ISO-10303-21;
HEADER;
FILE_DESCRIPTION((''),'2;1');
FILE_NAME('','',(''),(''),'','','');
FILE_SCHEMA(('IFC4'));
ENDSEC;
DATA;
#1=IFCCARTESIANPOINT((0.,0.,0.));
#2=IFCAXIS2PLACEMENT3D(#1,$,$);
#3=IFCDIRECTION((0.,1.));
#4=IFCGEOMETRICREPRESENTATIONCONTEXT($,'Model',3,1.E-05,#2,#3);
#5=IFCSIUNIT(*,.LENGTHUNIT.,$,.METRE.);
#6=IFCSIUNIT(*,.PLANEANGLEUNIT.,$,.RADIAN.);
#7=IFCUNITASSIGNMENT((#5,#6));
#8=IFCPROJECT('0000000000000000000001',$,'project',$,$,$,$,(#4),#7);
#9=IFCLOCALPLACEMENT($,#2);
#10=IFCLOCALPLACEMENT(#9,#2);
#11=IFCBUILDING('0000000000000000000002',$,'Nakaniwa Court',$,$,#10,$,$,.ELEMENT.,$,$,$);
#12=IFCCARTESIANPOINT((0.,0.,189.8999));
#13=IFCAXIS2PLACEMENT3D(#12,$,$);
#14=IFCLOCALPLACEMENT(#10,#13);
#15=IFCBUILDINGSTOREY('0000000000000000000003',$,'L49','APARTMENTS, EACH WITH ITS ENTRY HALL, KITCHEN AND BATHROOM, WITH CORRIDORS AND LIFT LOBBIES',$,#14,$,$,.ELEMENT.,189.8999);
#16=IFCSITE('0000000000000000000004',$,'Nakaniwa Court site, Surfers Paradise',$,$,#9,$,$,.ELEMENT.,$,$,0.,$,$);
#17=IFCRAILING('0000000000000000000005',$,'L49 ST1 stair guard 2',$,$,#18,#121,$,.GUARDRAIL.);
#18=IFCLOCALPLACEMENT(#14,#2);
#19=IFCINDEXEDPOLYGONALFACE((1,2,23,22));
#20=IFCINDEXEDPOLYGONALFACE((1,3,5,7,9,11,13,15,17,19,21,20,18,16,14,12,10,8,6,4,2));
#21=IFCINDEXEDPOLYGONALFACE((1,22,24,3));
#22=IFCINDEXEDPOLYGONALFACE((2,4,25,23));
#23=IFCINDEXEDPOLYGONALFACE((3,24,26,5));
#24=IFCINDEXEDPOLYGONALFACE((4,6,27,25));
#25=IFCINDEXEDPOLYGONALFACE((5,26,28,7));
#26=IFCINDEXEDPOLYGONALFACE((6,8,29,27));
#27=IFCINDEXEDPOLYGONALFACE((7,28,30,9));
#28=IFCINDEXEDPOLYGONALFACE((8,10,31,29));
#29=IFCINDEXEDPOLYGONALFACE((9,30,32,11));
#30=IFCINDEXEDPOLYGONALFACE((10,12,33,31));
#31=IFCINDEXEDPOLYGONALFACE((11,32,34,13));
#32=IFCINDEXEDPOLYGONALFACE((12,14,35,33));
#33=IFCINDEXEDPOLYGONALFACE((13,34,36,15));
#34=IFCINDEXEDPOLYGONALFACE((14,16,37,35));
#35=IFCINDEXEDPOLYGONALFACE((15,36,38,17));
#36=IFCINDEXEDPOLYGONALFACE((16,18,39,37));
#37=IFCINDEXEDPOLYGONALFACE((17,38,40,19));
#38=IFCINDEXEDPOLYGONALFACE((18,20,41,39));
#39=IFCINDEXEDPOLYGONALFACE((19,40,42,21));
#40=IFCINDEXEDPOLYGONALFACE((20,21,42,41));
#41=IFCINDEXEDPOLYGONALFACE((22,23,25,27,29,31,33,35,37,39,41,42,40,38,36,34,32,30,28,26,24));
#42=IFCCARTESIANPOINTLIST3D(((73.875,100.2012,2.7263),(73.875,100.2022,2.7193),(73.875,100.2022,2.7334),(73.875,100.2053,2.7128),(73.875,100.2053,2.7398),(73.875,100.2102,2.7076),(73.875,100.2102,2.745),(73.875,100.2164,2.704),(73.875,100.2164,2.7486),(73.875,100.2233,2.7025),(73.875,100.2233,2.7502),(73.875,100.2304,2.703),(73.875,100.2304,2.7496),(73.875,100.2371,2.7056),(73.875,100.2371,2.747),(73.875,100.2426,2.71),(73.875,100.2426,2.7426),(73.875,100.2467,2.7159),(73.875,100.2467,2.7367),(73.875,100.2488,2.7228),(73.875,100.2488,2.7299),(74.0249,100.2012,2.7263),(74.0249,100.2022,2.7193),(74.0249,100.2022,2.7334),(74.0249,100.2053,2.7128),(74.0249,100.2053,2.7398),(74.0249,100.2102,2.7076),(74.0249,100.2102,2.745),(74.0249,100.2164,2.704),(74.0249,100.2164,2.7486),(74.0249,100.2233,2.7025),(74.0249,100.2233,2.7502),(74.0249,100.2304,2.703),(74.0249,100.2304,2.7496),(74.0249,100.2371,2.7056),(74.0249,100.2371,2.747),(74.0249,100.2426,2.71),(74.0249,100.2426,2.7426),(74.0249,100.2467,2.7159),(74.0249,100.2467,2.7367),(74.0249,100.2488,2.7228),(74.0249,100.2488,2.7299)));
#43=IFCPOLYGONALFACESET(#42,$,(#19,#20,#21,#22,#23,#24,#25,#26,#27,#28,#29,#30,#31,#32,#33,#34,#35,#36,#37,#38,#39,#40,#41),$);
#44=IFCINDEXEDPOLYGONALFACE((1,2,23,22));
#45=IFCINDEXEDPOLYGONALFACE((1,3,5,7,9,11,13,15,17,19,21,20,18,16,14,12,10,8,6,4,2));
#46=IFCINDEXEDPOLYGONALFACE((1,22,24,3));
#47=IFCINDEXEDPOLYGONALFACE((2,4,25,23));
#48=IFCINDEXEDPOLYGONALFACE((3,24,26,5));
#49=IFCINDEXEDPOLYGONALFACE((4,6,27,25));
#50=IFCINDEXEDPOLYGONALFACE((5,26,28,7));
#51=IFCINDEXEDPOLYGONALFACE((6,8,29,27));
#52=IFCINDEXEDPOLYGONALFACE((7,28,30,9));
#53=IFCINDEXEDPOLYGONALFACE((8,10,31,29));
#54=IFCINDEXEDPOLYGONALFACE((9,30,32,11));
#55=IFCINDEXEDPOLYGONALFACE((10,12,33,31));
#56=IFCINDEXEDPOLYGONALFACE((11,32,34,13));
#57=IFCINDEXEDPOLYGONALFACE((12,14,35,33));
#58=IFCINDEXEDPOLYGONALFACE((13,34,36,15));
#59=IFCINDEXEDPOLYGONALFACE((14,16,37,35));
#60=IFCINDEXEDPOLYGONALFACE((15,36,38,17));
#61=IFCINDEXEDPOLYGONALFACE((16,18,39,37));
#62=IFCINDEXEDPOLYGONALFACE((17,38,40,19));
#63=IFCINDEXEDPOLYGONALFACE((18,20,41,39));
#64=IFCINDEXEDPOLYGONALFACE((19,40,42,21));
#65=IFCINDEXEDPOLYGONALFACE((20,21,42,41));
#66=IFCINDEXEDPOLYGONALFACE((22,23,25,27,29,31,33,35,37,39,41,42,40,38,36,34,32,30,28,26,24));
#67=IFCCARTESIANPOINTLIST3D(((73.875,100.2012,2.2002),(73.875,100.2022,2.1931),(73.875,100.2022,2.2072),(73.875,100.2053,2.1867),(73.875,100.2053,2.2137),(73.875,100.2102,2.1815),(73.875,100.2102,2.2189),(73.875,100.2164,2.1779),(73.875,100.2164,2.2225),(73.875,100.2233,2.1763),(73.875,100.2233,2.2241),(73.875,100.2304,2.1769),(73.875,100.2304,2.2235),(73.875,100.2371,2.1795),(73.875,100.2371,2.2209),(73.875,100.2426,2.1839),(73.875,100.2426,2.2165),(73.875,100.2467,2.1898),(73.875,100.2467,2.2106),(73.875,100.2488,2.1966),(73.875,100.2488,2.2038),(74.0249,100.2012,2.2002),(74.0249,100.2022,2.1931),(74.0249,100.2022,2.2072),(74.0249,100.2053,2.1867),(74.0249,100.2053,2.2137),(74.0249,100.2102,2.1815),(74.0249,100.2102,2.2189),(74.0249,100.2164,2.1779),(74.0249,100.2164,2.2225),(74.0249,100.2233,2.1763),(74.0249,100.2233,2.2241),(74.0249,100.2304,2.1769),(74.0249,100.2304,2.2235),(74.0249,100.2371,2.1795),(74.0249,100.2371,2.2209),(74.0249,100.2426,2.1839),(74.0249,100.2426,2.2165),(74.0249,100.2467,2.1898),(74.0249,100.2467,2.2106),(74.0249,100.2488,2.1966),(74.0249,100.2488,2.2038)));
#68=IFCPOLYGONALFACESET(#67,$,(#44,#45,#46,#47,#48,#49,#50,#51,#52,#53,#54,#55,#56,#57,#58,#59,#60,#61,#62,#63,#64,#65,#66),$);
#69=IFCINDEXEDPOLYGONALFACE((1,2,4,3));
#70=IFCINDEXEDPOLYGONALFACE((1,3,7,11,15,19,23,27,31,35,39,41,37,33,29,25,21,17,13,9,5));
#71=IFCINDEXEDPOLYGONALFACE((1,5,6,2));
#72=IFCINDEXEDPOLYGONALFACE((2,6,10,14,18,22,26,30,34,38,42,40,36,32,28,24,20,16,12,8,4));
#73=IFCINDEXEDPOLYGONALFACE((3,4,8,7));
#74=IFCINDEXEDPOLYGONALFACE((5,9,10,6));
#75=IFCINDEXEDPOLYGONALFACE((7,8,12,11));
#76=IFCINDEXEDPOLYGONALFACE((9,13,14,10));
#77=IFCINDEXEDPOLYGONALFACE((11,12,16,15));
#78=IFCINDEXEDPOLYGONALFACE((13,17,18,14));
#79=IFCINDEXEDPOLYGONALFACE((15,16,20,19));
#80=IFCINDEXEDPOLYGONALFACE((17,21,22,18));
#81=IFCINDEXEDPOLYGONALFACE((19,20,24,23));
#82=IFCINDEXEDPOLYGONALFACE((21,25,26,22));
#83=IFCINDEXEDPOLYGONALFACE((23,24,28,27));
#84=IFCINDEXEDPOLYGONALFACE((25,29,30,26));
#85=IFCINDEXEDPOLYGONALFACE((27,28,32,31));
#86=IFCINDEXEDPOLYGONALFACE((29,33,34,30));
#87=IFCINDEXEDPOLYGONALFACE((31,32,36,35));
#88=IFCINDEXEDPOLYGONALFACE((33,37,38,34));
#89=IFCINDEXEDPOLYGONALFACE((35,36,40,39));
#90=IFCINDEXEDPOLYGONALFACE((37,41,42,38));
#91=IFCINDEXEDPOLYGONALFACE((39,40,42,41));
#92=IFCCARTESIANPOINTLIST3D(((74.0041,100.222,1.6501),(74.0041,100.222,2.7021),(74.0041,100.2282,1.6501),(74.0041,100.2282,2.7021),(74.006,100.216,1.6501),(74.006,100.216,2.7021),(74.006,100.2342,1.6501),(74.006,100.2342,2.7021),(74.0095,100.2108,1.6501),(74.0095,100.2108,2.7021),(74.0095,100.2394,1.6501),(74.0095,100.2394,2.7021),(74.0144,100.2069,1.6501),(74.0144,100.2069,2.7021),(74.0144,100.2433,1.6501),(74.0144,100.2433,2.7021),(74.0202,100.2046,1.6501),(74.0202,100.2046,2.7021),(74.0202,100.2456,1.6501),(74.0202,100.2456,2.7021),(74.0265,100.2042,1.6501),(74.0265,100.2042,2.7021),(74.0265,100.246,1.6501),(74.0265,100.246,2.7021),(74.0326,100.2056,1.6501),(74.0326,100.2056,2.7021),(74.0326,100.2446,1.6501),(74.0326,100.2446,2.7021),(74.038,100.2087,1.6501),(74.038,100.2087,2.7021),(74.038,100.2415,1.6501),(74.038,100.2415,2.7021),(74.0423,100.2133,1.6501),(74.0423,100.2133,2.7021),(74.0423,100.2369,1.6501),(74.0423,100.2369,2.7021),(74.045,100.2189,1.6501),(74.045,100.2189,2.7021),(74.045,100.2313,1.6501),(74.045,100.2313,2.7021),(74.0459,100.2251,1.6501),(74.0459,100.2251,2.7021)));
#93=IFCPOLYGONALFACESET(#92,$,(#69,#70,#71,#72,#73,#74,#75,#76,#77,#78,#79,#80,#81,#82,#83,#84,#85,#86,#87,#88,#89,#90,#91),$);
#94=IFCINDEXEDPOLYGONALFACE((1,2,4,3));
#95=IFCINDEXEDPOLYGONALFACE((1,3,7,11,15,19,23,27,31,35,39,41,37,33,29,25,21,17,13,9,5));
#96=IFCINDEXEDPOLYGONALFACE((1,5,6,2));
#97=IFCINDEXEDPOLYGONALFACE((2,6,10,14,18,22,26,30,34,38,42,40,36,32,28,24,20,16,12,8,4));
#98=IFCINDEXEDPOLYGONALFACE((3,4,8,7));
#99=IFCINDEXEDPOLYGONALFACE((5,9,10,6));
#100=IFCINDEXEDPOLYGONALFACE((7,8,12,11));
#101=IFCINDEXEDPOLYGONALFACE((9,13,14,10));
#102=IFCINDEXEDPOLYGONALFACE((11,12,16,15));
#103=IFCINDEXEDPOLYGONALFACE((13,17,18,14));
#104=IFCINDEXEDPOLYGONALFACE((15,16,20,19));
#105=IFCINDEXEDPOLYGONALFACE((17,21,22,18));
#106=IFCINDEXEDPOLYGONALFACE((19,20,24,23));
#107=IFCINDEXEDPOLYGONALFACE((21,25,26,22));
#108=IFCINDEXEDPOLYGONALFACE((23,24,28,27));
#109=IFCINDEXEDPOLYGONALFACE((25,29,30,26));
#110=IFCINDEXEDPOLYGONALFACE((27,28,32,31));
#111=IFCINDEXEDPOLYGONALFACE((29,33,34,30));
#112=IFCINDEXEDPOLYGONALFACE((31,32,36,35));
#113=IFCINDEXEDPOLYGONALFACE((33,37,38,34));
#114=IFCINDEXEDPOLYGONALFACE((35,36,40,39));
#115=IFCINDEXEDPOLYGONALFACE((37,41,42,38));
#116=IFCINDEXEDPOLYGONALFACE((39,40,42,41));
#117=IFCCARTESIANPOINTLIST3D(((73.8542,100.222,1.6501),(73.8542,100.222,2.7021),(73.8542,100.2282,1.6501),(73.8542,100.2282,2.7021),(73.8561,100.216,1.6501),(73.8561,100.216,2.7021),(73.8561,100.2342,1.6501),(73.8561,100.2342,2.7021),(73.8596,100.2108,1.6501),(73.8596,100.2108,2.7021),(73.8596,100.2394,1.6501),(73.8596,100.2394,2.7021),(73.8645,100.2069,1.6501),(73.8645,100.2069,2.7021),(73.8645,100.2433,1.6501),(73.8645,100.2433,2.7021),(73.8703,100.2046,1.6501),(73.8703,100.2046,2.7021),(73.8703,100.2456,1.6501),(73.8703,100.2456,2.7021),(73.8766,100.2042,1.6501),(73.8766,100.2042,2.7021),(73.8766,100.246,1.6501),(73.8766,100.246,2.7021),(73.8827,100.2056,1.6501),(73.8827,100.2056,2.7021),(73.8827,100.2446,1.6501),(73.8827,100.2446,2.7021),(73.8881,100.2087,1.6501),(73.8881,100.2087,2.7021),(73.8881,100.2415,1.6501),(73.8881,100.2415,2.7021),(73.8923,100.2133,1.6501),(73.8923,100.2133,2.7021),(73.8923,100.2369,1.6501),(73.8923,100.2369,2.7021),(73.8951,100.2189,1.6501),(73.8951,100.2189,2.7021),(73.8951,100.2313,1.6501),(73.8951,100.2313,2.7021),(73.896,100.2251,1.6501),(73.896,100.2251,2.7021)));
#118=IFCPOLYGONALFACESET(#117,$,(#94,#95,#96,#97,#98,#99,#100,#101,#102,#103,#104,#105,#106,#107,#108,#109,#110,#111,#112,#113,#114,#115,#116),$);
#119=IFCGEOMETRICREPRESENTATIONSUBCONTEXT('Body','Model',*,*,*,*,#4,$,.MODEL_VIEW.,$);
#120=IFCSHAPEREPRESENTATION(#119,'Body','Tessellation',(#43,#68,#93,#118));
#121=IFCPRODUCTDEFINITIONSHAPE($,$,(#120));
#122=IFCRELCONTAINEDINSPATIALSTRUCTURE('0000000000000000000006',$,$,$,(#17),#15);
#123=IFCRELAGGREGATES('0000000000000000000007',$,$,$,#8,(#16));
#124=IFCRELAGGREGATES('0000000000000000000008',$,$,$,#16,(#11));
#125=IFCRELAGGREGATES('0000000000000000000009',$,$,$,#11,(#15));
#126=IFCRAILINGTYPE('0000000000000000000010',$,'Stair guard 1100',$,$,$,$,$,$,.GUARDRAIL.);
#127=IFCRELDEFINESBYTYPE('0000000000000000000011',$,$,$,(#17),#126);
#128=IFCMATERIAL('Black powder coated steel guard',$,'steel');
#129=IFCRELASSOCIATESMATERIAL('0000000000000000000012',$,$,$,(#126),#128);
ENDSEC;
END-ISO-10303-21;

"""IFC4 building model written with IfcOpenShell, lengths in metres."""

from ifc_helpers import new_model, si_unit, direction, frame, origin, origin_2d, place, context, subcontext, project, spatial, circle, extrude, material, type_object, element, save


model = new_model("IFC4")

# Units and contexts
model_context = context("Model", 3, precision=1e-05, world=origin(), true_north=direction((0.0, 1.0)))
body_context = subcontext(model_context, "Body", "Model", "MODEL_VIEW")
ifc_project = project(units=[si_unit("LENGTHUNIT", "METRE"), si_unit("PLANEANGLEUNIT", "RADIAN")], contexts=[model_context])

# Site, building, storey
site_placement = place(None, origin())
site = spatial("IfcSite", under=ifc_project, at=site_placement, Name="Nakaniwa Court site, Surfers Paradise", CompositionType="ELEMENT", RefElevation=0.0)
building_placement = place(site_placement, origin())
building = spatial("IfcBuilding", under=site, at=building_placement, Name="Nakaniwa Court", CompositionType="ELEMENT")
storey_placement = place(building_placement, frame((0.0, 0.0, 189.8999)))
storey = spatial("IfcBuildingStorey", under=building, at=storey_placement, Name="L49", Description="APARTMENTS, EACH WITH ITS ENTRY HALL, KITCHEN AND BATHROOM, WITH CORRIDORS AND LIFT LOBBIES", CompositionType="ELEMENT", Elevation=189.8999)

# Railing
ifc_material_1 = material(Name="Black powder coated steel guard", Category="steel")
railing_type_1 = type_object("IfcRailingType", Name="Stair guard 1100", PredefinedType="GUARDRAIL", material=ifc_material_1)
railing_1_placement = place(storey_placement, frame((74.0249, 100.2251, 1.6501)))
element("IfcRailing", 1, at=railing_1_placement, inside=storey, type_object=railing_type_1, Name="L49 ST1 stair guard 2", PredefinedType="GUARDRAIL", context=body_context, shape_type="SweptSolid", body=[
    extrude(circle(Radius=0.0239, at=origin_2d()), frame((0.0, 0.0, 1.0762), z_axis=(-1.0, 0.0, 0.0), x_axis=(0.0, -1.0, 0.0)), (0.0, 0.0, 1.0), 0.1499),
    extrude(circle(Radius=0.0239, at=origin_2d()), frame((0.0, 0.0, 0.55), z_axis=(-1.0, 0.0, 0.0), x_axis=(0.0, -1.0, 0.0)), (0.0, 0.0, 1.0), 0.1499),
    extrude(circle(Radius=0.021, at=origin_2d()), origin(), (0.0, 0.0, 1.0), 1.052),
    extrude(circle(Radius=0.021, at=origin_2d()), frame((-0.1499, 0.0, 0.0)), (0.0, 0.0, 1.0), 1.052),
])

save(model, "model.ifc")
